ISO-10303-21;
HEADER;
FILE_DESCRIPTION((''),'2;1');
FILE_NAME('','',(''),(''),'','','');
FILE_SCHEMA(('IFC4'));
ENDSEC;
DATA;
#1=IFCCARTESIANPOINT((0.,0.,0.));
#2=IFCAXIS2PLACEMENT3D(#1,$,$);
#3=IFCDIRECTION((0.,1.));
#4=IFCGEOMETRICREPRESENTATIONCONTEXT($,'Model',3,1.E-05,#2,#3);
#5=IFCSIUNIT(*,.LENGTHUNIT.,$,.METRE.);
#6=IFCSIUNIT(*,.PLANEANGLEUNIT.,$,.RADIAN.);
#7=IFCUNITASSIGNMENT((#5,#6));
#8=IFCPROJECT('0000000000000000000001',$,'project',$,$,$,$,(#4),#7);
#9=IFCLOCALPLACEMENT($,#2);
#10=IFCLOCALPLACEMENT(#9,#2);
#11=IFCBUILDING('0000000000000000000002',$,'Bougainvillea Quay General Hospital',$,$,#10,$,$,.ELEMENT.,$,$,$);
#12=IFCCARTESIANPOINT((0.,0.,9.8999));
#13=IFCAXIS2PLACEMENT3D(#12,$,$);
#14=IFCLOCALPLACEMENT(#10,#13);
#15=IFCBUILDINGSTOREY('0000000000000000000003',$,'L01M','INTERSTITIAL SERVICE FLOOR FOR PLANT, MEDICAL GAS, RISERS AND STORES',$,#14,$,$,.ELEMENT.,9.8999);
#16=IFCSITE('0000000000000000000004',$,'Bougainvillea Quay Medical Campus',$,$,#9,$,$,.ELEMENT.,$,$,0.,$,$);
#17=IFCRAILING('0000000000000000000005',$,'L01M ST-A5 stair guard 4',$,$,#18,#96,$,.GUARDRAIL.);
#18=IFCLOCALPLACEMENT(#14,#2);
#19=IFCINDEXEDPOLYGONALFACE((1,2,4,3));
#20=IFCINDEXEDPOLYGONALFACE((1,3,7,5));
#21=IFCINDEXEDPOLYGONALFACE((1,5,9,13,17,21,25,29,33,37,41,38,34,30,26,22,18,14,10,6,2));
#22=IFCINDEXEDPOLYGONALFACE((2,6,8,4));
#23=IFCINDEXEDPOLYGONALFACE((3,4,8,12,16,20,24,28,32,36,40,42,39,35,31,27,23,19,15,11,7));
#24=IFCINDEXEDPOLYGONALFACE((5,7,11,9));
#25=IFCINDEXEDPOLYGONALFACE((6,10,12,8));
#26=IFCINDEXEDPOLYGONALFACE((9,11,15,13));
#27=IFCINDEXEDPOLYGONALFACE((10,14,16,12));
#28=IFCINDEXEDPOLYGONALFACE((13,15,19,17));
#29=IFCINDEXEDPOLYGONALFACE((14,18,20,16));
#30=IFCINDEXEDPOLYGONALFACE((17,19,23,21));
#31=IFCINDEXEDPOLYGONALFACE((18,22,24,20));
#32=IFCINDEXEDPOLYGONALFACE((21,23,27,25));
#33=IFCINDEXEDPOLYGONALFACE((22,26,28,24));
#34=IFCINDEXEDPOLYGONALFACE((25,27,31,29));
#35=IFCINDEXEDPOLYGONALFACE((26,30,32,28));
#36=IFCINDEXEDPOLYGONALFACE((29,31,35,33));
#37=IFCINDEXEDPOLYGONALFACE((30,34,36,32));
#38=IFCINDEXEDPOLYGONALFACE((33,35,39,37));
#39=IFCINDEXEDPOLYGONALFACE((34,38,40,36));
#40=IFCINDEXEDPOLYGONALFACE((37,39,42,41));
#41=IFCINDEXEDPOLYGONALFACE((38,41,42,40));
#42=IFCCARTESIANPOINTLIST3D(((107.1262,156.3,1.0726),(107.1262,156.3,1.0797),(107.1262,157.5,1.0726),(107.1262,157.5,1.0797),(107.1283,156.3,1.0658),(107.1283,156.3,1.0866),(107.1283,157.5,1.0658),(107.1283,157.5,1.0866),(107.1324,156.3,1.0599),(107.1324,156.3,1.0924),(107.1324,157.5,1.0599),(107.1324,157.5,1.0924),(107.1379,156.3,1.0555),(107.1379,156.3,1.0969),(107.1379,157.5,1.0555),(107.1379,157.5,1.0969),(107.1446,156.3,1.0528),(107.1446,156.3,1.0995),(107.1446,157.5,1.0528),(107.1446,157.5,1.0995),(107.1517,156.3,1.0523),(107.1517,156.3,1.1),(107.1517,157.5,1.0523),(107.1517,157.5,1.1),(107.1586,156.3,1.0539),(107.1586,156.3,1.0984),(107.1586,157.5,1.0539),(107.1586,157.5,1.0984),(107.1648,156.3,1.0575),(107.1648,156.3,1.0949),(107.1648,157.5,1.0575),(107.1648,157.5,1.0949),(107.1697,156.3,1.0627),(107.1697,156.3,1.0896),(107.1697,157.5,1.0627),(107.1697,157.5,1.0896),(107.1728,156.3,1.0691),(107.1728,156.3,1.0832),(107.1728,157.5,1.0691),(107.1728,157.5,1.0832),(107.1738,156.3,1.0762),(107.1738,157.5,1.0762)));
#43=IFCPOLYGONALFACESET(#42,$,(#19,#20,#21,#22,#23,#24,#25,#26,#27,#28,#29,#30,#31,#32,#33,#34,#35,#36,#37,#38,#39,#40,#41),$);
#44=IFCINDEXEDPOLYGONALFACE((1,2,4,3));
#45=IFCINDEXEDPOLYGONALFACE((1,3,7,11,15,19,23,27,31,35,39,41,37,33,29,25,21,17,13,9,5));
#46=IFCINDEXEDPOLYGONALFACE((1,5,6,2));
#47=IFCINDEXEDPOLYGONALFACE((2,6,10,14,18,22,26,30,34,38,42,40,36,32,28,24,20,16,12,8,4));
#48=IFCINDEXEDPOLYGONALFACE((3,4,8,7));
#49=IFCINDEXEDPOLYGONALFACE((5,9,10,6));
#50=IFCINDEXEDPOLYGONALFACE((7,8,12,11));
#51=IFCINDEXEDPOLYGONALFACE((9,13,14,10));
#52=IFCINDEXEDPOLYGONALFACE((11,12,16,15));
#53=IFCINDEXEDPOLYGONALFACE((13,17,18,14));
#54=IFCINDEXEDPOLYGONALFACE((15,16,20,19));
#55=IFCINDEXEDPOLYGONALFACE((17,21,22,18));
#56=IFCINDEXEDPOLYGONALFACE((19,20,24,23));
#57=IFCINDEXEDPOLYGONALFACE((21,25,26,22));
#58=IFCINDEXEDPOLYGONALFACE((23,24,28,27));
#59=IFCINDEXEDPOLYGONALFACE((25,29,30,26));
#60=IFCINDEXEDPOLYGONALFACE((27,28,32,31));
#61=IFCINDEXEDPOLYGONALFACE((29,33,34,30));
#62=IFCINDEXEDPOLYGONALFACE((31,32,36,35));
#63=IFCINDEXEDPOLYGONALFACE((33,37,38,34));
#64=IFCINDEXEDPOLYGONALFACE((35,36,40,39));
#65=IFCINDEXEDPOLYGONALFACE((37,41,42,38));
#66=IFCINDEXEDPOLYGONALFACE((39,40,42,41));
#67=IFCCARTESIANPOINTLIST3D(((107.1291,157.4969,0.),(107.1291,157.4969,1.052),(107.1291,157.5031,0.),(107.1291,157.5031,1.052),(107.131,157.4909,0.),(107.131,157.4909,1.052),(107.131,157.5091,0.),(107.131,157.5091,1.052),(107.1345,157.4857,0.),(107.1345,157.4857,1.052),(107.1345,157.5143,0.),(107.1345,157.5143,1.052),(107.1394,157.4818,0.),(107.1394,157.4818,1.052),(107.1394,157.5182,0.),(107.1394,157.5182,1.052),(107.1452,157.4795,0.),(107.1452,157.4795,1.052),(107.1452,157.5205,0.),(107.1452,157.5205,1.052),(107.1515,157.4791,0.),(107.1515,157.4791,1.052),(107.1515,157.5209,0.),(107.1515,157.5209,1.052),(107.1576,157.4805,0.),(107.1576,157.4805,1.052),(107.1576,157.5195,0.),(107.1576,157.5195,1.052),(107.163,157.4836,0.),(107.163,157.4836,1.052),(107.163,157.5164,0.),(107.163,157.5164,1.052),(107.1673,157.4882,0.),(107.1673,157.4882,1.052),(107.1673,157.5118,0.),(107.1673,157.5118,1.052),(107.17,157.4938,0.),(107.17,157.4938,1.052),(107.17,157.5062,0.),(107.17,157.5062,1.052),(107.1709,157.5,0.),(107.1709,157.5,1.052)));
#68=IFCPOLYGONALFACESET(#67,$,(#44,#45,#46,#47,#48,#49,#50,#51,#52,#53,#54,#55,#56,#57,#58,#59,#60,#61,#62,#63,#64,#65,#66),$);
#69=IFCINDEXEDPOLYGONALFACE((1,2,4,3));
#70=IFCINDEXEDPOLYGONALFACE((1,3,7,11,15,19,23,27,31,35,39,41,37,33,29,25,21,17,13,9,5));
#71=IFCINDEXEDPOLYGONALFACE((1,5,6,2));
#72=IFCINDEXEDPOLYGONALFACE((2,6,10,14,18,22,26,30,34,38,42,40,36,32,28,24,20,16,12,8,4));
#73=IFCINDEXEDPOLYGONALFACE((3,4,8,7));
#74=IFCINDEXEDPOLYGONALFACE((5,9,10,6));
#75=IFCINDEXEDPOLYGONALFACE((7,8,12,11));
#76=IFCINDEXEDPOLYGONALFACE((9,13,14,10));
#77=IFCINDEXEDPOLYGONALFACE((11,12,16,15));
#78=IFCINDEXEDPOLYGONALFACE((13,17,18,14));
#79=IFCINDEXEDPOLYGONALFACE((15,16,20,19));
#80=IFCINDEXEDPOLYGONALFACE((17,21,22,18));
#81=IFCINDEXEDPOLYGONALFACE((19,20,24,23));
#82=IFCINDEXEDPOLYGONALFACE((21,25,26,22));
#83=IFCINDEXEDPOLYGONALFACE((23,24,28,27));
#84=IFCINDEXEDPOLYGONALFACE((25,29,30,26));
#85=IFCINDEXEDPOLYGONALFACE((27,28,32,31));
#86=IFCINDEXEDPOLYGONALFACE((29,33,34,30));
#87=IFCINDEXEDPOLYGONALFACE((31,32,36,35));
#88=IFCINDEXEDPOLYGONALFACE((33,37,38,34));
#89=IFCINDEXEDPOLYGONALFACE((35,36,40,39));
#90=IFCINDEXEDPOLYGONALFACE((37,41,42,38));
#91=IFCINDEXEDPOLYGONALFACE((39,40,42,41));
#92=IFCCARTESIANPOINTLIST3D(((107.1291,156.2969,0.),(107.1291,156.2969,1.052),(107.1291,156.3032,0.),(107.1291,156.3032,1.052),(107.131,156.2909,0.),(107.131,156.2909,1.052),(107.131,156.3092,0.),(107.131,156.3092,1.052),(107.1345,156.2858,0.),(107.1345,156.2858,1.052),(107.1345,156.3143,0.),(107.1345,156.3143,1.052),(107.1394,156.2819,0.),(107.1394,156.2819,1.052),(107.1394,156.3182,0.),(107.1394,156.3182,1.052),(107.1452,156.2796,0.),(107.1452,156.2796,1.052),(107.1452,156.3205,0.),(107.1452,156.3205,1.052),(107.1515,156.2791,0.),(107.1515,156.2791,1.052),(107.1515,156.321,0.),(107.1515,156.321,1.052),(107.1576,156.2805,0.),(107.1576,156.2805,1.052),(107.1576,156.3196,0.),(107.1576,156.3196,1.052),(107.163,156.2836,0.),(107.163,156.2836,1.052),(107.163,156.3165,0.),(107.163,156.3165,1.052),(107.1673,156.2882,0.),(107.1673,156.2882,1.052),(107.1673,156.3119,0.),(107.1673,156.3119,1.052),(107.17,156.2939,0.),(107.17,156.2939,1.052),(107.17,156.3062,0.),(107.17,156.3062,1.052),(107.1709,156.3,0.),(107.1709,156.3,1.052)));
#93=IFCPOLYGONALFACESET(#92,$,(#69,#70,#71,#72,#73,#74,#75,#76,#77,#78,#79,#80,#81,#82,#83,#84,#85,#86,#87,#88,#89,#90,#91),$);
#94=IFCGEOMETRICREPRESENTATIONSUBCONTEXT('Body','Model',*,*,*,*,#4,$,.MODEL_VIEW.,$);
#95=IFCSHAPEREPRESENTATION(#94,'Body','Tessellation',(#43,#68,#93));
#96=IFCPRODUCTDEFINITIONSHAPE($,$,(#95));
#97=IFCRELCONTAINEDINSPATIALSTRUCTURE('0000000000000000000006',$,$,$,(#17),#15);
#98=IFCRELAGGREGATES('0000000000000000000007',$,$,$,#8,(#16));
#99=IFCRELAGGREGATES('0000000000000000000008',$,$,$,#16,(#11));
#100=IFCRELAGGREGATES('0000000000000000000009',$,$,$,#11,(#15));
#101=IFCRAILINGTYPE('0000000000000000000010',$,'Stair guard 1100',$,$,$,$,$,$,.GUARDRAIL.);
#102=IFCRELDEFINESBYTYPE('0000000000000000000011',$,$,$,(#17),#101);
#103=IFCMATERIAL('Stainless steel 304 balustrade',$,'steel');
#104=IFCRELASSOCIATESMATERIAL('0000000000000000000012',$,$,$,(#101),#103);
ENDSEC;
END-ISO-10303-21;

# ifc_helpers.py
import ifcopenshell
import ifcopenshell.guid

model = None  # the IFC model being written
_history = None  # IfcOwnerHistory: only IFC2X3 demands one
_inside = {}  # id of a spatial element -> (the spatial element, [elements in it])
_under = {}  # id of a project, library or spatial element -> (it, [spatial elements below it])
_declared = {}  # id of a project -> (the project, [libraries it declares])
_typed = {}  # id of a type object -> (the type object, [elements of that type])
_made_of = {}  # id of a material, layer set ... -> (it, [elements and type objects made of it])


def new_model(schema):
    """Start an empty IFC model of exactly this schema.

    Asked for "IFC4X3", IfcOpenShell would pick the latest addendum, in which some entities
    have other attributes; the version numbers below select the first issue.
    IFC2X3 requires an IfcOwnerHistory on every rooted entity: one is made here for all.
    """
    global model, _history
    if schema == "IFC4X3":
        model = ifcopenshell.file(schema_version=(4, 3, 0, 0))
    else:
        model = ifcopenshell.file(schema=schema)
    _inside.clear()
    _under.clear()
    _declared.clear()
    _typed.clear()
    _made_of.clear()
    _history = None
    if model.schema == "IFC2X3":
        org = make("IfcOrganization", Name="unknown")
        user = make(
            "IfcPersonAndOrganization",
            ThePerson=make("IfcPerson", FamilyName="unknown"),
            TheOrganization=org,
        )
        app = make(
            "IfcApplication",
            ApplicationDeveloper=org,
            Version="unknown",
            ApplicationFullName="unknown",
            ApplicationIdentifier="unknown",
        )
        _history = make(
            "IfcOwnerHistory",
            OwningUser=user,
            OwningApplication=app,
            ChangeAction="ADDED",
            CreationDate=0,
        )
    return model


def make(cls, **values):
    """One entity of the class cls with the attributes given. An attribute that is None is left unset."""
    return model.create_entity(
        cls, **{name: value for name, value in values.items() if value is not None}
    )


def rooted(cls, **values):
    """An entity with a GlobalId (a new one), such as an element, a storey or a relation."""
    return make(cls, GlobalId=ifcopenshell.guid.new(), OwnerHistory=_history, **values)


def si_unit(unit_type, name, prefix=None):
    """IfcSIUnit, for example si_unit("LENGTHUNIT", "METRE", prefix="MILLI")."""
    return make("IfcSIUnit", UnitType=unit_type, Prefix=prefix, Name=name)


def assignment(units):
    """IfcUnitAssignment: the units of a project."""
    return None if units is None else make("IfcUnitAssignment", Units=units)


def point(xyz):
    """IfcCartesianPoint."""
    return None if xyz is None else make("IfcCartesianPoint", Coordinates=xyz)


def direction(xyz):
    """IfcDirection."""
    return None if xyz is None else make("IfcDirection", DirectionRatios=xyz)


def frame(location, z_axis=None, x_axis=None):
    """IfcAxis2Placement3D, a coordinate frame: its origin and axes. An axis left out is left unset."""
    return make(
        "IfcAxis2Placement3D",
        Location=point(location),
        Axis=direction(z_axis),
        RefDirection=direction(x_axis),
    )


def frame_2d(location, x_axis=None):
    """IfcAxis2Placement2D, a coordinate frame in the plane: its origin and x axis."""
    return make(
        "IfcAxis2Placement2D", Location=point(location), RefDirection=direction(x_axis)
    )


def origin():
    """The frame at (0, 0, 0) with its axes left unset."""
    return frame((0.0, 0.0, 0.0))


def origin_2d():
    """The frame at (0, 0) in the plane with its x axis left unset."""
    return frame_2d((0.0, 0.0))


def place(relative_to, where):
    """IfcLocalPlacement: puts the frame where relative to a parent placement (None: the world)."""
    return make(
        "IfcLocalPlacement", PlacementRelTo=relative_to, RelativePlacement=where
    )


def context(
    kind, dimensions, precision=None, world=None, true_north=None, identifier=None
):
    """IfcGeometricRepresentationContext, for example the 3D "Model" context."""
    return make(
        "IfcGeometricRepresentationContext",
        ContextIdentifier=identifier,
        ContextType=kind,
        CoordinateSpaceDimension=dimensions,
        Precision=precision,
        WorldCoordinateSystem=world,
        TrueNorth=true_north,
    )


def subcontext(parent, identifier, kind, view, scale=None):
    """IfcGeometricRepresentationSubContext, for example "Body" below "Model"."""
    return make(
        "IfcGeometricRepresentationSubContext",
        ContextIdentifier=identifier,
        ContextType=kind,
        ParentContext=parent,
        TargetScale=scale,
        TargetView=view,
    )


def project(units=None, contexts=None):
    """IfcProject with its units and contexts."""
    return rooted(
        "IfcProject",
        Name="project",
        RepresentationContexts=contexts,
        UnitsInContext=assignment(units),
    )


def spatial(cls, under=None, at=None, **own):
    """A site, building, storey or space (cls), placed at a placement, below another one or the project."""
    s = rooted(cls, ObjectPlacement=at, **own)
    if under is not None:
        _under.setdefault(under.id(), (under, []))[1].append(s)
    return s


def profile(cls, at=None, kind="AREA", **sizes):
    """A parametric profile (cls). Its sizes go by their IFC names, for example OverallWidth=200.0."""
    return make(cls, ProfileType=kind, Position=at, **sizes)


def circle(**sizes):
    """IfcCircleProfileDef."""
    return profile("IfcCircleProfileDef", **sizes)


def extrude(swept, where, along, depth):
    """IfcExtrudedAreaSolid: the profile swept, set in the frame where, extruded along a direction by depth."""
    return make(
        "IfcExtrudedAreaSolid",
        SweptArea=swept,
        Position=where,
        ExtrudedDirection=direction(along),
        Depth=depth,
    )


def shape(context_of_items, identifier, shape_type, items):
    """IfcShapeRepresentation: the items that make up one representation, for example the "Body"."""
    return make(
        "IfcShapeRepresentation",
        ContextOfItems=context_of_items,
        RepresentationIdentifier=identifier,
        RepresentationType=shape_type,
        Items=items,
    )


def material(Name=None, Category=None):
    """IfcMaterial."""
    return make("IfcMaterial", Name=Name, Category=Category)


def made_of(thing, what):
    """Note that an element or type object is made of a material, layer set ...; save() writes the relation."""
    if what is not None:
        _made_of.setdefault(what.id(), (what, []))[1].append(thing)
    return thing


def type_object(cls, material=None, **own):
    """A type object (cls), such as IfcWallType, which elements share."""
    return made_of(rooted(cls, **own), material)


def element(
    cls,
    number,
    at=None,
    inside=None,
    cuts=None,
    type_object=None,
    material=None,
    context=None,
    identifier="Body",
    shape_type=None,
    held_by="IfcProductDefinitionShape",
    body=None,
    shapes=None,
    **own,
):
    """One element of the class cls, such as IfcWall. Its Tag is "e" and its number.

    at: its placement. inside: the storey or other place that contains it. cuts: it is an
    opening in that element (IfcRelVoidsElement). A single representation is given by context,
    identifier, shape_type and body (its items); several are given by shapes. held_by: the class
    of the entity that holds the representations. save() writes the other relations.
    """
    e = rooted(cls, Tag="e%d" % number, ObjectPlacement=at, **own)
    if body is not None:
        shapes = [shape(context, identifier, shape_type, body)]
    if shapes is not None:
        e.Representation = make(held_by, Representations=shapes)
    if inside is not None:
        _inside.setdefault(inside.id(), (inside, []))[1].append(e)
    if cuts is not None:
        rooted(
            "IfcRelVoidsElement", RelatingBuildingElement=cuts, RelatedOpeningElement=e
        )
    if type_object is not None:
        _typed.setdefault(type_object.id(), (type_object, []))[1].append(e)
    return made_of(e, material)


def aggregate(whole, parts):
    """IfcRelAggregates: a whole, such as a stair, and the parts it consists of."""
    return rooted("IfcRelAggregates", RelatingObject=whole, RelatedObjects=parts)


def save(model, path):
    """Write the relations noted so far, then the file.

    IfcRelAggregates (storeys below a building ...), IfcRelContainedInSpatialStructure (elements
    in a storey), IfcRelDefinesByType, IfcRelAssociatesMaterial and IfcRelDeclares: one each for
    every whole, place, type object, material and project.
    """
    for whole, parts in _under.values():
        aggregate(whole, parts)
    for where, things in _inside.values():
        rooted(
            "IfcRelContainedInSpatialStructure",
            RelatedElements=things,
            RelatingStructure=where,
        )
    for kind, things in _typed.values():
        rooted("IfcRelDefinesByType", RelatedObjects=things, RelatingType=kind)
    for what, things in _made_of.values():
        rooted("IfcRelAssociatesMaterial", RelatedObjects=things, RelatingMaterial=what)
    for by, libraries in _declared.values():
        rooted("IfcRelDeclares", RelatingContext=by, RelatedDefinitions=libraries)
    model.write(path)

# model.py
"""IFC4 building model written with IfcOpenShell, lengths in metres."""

from ifc_helpers import new_model, si_unit, direction, frame, origin, origin_2d, place, context, subcontext, project, spatial, circle, extrude, material, type_object, element, save


model = new_model("IFC4")

# Units and contexts
model_context = context("Model", 3, precision=1e-05, world=origin(), true_north=direction((0.0, 1.0)))
body_context = subcontext(model_context, "Body", "Model", "MODEL_VIEW")
ifc_project = project(units=[si_unit("LENGTHUNIT", "METRE"), si_unit("PLANEANGLEUNIT", "RADIAN")], contexts=[model_context])

# Site, building, storey
site_placement = place(None, origin())
site = spatial("IfcSite", under=ifc_project, at=site_placement, Name="Bougainvillea Quay Medical Campus", CompositionType="ELEMENT", RefElevation=0.0)
building_placement = place(site_placement, origin())
building = spatial("IfcBuilding", under=site, at=building_placement, Name="Bougainvillea Quay General Hospital", CompositionType="ELEMENT")
storey_placement = place(building_placement, frame((0.0, 0.0, 9.8999)))
storey = spatial("IfcBuildingStorey", under=building, at=storey_placement, Name="L01M", Description="INTERSTITIAL SERVICE FLOOR FOR PLANT, MEDICAL GAS, RISERS AND STORES", CompositionType="ELEMENT", Elevation=9.8999)

# Railing
ifc_material_1 = material(Name="Stainless steel 304 balustrade", Category="steel")
railing_type_1 = type_object("IfcRailingType", Name="Stair guard 1100", PredefinedType="GUARDRAIL", material=ifc_material_1)
railing_1_placement = place(storey_placement, frame((107.1499, 157.5, 0.0)))
element("IfcRailing", 1, at=railing_1_placement, inside=storey, type_object=railing_type_1, Name="L01M ST-A5 stair guard 4", PredefinedType="GUARDRAIL", context=body_context, shape_type="SweptSolid", body=[
    extrude(circle(Radius=0.0239, at=origin_2d()), frame((0.0, 0.0, 1.0762), z_axis=(0.0, -1.0, 0.0), x_axis=(1.0, 0.0, 0.0)), (0.0, 0.0, 1.0), 1.2),
    extrude(circle(Radius=0.021, at=origin_2d()), origin(), (0.0, 0.0, 1.0), 1.052),
    extrude(circle(Radius=0.021, at=origin_2d()), frame((0.0, -1.2, 0.0)), (0.0, 0.0, 1.0), 1.052),
])

save(model, "model.ifc")
